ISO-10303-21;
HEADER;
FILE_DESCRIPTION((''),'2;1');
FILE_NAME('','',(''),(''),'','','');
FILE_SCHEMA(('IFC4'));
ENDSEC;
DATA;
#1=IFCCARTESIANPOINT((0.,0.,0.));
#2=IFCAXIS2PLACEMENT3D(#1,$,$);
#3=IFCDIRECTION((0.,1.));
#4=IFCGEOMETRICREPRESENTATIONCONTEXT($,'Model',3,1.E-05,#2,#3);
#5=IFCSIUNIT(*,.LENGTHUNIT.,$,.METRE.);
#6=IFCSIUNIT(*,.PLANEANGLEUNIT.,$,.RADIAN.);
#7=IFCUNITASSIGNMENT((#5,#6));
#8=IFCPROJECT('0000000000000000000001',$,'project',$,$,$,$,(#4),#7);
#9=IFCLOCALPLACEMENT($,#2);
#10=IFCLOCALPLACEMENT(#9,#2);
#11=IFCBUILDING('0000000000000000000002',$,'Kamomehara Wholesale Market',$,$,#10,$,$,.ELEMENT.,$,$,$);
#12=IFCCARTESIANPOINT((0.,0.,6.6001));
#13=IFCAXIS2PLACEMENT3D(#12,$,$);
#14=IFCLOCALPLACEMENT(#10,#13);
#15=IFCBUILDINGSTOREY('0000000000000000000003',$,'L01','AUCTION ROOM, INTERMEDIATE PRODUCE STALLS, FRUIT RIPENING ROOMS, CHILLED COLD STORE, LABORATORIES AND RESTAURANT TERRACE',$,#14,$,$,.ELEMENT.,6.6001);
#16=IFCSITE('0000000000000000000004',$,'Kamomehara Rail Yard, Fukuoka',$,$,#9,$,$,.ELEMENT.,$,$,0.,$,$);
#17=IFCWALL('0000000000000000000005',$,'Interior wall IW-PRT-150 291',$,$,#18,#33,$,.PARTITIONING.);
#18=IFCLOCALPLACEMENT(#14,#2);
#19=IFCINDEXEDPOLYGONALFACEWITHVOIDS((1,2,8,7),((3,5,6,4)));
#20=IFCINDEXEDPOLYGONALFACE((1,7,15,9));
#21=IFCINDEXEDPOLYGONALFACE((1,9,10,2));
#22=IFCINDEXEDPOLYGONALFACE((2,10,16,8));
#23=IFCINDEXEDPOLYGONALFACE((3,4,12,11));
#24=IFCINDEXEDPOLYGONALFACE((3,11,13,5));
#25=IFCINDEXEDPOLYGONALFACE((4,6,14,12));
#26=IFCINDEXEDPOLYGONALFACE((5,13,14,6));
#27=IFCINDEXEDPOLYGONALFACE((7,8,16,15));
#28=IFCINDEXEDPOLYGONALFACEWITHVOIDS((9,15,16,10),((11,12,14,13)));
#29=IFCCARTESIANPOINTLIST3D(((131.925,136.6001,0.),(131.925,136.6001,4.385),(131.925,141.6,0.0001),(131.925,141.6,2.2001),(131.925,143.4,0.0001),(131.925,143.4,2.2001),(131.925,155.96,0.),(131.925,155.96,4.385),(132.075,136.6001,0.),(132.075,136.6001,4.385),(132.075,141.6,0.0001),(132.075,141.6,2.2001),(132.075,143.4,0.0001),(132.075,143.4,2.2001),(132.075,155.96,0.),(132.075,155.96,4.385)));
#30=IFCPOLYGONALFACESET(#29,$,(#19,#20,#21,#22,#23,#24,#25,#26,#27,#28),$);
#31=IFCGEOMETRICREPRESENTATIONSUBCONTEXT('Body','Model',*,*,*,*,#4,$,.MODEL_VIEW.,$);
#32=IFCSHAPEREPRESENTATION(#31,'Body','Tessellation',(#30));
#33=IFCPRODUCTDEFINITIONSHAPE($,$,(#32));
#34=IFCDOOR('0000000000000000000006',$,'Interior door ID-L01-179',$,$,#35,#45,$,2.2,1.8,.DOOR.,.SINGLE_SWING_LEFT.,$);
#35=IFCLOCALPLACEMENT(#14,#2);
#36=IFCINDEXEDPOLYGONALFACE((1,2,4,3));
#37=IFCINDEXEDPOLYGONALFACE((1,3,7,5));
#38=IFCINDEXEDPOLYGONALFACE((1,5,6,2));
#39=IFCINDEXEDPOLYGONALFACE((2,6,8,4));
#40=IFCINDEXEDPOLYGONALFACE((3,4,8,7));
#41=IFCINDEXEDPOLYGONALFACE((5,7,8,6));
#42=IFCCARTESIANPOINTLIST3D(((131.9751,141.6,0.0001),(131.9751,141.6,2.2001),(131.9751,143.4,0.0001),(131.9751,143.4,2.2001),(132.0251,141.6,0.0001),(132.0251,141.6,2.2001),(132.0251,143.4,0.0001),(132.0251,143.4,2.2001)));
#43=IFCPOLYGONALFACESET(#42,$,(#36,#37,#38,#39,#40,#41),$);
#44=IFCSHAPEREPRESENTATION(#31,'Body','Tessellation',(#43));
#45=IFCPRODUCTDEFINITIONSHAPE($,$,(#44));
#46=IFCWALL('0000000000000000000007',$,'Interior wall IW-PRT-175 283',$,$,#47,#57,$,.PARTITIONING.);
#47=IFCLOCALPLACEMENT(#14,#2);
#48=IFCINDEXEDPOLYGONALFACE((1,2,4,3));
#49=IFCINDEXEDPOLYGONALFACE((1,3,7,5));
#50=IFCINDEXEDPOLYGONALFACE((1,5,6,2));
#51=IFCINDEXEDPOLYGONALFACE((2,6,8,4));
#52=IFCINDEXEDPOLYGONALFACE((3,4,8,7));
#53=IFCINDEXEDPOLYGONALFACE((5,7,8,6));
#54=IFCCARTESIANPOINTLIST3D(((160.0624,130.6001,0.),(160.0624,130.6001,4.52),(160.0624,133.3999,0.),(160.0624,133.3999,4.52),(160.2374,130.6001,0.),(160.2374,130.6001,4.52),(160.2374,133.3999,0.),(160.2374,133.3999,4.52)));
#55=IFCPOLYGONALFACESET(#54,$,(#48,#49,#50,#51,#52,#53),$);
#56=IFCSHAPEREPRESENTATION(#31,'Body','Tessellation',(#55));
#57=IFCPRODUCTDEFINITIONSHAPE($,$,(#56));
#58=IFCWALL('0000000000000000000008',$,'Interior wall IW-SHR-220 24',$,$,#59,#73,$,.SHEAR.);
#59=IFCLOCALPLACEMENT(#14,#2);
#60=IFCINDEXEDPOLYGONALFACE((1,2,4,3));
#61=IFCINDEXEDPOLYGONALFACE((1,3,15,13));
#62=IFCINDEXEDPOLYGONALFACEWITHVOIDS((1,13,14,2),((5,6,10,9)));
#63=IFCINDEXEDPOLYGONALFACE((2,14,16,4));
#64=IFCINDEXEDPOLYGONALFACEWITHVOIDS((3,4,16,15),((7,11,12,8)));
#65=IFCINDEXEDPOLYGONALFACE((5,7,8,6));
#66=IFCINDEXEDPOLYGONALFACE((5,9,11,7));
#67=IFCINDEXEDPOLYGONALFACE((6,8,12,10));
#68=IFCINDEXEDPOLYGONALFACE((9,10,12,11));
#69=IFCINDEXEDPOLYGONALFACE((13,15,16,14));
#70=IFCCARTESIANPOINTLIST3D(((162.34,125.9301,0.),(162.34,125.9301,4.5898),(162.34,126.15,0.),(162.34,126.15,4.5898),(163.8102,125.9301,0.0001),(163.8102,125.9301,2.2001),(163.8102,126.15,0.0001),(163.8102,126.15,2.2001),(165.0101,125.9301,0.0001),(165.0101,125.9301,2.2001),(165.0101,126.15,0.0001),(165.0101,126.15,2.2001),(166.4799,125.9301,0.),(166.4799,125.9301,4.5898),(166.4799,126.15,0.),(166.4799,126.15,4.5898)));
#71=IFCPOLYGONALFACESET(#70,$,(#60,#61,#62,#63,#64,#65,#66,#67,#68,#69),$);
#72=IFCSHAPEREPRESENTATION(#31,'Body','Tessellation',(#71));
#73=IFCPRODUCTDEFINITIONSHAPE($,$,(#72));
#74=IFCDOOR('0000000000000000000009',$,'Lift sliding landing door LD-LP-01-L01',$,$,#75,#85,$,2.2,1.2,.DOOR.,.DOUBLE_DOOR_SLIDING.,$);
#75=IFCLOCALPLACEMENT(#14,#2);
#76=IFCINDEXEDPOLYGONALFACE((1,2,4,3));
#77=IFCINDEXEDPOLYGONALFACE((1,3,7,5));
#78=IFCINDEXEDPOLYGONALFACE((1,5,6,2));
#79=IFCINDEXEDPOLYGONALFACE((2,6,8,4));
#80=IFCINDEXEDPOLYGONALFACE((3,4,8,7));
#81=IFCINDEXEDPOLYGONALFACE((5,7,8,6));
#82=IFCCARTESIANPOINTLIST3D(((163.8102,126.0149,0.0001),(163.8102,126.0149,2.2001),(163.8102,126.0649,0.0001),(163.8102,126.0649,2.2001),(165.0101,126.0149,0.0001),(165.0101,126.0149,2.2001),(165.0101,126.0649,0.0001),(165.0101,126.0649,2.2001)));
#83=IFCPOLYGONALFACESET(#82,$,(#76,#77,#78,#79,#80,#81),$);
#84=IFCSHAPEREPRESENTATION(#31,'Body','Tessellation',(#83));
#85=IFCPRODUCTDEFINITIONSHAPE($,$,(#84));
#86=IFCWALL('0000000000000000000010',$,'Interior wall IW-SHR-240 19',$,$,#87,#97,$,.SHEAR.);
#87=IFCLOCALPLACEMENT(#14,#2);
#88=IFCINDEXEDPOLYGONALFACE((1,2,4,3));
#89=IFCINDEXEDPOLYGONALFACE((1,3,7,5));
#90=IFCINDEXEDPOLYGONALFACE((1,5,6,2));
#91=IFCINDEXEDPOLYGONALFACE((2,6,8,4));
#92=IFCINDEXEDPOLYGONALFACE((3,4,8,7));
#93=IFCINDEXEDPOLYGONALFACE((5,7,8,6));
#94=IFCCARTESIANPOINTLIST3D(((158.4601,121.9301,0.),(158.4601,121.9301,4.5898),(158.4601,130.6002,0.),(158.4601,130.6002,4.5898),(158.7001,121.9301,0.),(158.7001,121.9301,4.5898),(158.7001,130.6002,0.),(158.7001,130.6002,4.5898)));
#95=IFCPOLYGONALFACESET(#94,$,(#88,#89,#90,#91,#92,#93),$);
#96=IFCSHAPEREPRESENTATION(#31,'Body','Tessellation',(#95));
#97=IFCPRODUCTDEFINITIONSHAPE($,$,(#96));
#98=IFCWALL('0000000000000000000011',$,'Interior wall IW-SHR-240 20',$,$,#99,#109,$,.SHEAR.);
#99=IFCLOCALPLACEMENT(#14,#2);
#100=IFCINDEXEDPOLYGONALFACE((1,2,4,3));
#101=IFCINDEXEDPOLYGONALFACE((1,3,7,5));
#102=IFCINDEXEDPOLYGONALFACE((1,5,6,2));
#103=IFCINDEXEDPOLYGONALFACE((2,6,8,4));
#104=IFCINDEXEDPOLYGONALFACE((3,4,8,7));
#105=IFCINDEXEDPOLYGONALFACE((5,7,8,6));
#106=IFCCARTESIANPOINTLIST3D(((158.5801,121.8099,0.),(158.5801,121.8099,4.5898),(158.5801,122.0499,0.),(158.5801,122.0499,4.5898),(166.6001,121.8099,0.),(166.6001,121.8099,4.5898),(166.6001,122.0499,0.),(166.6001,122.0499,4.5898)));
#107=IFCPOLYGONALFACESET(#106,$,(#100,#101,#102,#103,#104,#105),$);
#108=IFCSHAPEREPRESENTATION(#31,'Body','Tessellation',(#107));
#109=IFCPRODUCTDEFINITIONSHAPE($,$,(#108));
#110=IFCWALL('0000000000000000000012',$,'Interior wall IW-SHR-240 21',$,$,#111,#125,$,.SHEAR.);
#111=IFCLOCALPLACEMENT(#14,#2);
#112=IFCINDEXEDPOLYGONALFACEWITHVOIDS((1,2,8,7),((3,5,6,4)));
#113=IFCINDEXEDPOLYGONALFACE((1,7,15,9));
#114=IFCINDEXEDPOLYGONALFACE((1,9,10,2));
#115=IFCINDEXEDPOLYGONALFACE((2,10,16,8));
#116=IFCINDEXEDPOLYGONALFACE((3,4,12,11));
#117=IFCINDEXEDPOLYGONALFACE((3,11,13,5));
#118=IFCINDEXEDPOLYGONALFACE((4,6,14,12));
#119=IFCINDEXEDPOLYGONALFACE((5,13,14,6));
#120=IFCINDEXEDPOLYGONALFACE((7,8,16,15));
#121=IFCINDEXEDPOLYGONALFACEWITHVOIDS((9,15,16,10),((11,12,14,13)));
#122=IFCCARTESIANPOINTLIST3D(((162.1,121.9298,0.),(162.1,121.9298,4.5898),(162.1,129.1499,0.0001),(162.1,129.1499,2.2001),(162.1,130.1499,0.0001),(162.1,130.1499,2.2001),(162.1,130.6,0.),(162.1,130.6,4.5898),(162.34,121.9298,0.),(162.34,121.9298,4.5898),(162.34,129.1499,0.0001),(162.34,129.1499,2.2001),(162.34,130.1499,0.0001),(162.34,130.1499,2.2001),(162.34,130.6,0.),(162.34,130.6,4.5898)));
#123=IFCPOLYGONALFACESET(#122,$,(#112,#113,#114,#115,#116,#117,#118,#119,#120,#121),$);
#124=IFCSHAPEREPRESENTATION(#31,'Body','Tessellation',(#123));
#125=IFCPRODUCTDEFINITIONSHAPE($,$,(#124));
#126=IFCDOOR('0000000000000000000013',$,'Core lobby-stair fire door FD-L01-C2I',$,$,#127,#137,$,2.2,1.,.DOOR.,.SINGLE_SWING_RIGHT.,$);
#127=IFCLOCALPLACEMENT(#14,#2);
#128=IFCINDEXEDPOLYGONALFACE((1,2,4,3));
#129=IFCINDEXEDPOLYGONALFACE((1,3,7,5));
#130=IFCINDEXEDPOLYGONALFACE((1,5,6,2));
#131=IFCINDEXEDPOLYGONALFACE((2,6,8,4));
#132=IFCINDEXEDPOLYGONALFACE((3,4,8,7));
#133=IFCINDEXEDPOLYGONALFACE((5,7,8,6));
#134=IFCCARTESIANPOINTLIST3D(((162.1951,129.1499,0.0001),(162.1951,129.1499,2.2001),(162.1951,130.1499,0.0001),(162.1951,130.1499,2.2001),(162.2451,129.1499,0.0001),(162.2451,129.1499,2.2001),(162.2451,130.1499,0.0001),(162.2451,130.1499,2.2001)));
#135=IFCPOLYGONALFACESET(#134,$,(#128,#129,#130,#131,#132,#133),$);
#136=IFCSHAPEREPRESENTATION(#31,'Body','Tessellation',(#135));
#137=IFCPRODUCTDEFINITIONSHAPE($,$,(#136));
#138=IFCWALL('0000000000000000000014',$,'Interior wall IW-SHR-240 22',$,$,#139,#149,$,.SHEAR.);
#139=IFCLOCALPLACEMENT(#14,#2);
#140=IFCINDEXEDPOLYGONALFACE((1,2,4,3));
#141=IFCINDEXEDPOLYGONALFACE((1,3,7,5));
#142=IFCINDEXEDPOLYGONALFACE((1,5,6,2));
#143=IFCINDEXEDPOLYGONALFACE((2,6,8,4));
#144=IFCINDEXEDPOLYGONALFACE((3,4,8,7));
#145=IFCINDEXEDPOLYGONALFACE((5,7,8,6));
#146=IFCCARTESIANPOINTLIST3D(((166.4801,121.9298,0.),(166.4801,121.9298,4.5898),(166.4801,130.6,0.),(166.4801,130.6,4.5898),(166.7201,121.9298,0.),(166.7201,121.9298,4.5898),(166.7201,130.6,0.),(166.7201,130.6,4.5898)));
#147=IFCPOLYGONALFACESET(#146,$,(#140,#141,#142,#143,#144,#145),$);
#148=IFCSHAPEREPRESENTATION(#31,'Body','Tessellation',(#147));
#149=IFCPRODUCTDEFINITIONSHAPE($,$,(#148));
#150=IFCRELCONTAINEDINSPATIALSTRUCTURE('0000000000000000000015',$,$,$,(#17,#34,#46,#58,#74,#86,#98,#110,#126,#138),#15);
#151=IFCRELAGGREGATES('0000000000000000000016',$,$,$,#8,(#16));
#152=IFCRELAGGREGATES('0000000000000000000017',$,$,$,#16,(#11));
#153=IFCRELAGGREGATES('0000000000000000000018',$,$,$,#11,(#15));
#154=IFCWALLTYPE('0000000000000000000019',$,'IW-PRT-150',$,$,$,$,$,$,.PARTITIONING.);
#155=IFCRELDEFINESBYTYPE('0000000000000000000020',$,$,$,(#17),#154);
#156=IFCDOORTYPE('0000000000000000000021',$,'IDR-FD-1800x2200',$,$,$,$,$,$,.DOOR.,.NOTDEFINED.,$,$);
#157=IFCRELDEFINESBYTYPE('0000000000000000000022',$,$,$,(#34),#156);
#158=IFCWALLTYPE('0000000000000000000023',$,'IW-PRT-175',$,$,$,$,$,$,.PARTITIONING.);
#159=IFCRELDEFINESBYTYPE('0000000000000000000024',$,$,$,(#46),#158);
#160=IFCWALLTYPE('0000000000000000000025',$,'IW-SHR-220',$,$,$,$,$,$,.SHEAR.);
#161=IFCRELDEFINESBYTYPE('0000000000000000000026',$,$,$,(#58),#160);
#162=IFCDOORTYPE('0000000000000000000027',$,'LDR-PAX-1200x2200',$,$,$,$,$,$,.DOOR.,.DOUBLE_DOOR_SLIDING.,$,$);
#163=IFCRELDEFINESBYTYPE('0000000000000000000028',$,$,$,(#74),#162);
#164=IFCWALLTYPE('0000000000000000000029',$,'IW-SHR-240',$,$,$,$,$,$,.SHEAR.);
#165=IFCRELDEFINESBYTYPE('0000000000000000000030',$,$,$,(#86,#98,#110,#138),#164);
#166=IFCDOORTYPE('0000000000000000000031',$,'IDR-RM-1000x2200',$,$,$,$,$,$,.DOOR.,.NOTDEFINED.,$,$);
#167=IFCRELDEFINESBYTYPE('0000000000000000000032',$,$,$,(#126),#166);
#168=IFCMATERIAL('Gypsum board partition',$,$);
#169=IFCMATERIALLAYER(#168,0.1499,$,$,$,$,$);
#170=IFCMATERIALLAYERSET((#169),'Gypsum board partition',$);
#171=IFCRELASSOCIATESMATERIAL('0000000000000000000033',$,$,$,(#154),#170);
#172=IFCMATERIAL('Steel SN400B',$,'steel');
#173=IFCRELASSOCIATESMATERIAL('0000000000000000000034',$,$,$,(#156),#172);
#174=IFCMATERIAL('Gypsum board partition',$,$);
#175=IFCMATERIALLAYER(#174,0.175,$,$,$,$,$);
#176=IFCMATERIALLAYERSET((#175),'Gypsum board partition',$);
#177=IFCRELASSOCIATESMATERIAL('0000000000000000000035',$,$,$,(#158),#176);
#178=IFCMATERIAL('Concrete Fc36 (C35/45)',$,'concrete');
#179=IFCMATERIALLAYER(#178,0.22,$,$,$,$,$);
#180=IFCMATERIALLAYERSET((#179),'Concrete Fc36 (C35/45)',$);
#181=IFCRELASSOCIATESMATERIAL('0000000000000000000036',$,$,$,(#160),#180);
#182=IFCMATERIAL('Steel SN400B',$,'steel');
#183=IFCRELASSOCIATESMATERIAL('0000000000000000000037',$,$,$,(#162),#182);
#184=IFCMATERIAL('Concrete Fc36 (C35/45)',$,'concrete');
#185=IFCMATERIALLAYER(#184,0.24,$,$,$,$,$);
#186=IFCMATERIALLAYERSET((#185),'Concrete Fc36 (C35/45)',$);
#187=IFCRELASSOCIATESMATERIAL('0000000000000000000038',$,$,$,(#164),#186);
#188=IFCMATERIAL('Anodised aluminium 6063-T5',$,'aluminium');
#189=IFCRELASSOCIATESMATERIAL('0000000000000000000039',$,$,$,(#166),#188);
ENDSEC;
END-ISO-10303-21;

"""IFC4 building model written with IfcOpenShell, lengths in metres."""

from ifc_helpers import new_model, si_unit, direction, frame, frame_2d, origin, place, context, subcontext, project, spatial, rectangle, extrude, material, layer, layer_set, type_object, element, fill, save


model = new_model("IFC4")

# Units and contexts
model_context = context("Model", 3, precision=1e-05, world=origin(), true_north=direction((0.0, 1.0)))
body_context = subcontext(model_context, "Body", "Model", "MODEL_VIEW")
ifc_project = project(units=[si_unit("LENGTHUNIT", "METRE"), si_unit("PLANEANGLEUNIT", "RADIAN")], contexts=[model_context])

# Site, building, storey
site_placement = place(None, origin())
site = spatial("IfcSite", under=ifc_project, at=site_placement, Name="Kamomehara Rail Yard, Fukuoka", CompositionType="ELEMENT", RefElevation=0.0)
building_placement = place(site_placement, origin())
building = spatial("IfcBuilding", under=site, at=building_placement, Name="Kamomehara Wholesale Market", CompositionType="ELEMENT")
storey_placement = place(building_placement, frame((0.0, 0.0, 6.6001)))
storey = spatial("IfcBuildingStorey", under=building, at=storey_placement, Name="L01", Description="AUCTION ROOM, INTERMEDIATE PRODUCE STALLS, FRUIT RIPENING ROOMS, CHILLED COLD STORE, LABORATORIES AND RESTAURANT TERRACE", CompositionType="ELEMENT", Elevation=6.6001)

# Shared definitions
ifc_material_1 = material(Name="Gypsum board partition")
ifc_layer_1 = layer(ifc_material_1, 0.1499)
ifc_layer_set_1 = layer_set([ifc_layer_1], Name="Gypsum board partition")
wall_type_1 = type_object("IfcWallType", Name="IW-PRT-150", PredefinedType="PARTITIONING", material=ifc_layer_set_1)

# Wall, opening, door
wall_1_placement = place(storey_placement, frame((132.0, 136.6001, 0.0), z_axis=(0.0, 0.0, 1.0), x_axis=(0.0, 1.0, 0.0)))
wall_1 = element("IfcWall", 1, at=wall_1_placement, inside=storey, type_object=wall_type_1, Name="Interior wall IW-PRT-150 291", PredefinedType="PARTITIONING", context=body_context, shape_type="SweptSolid", body=[
    extrude(rectangle(XDim=19.3599, YDim=0.1499, at=frame_2d((9.6799, 0.0))), origin(), (0.0, 0.0, 1.0), 4.385),
])
opening_1_placement = place(wall_1_placement, frame((5.0, 0.0, 0.0)))
opening_1 = element("IfcOpeningElement", 2, at=opening_1_placement, cuts=wall_1, PredefinedType="OPENING", context=body_context, shape_type="SweptSolid", body=[
    extrude(rectangle(XDim=1.8, YDim=2.2, at=frame_2d((0.8999, 1.1001))), frame((0.0, 0.0898, 0.0), z_axis=(0.0, -1.0, 0.0), x_axis=(1.0, 0.0, 0.0)), (0.0, 0.0, 1.0), 0.1797),
])
ifc_material_2 = material(Name="Steel SN400B", Category="steel")
door_type_1 = type_object("IfcDoorType", Name="IDR-FD-1800x2200", OperationType="NOTDEFINED", PredefinedType="DOOR", material=ifc_material_2)
door_1_placement = place(opening_1_placement, origin())
door_1 = element("IfcDoor", 3, at=door_1_placement, inside=storey, type_object=door_type_1, Name="Interior door ID-L01-179", OperationType="SINGLE_SWING_LEFT", OverallHeight=2.2, OverallWidth=1.8, PredefinedType="DOOR", context=body_context, shape_type="SweptSolid", body=[
    extrude(rectangle(XDim=1.8, YDim=2.2, at=frame_2d((0.8999, 1.1001))), frame((0.0, 0.0249, 0.0), z_axis=(0.0, -1.0, 0.0), x_axis=(1.0, 0.0, 0.0)), (0.0, 0.0, 1.0), 0.05),
])
fill(opening_1, door_1)

# Wall
ifc_material_3 = material(Name="Gypsum board partition")
ifc_layer_2 = layer(ifc_material_3, 0.175)
ifc_layer_set_2 = layer_set([ifc_layer_2], Name="Gypsum board partition")
wall_type_2 = type_object("IfcWallType", Name="IW-PRT-175", PredefinedType="PARTITIONING", material=ifc_layer_set_2)
wall_2_placement = place(storey_placement, frame((160.1499, 130.6001, 0.0), z_axis=(0.0, 0.0, 1.0), x_axis=(0.0, 1.0, 0.0)))
element("IfcWall", 4, at=wall_2_placement, inside=storey, type_object=wall_type_2, Name="Interior wall IW-PRT-175 283", PredefinedType="PARTITIONING", context=body_context, shape_type="SweptSolid", body=[
    extrude(rectangle(XDim=2.7998, YDim=0.175, at=frame_2d((1.3999, 0.0))), origin(), (0.0, 0.0, 1.0), 4.52),
])

# Wall, opening, door
ifc_material_4 = material(Name="Concrete Fc36 (C35/45)", Category="concrete")
ifc_layer_3 = layer(ifc_material_4, 0.22)
ifc_layer_set_3 = layer_set([ifc_layer_3], Name="Concrete Fc36 (C35/45)")
wall_type_3 = type_object("IfcWallType", Name="IW-SHR-220", PredefinedType="SHEAR", material=ifc_layer_set_3)
wall_3_placement = place(storey_placement, frame((162.3401, 126.04, 0.0), z_axis=(0.0, 0.0, 1.0), x_axis=(1.0, 0.0, 0.0)))
wall_3 = element("IfcWall", 5, at=wall_3_placement, inside=storey, type_object=wall_type_3, Name="Interior wall IW-SHR-220 24", PredefinedType="SHEAR", context=body_context, shape_type="SweptSolid", body=[
    extrude(rectangle(XDim=4.1399, YDim=0.22, at=frame_2d((2.0698, 0.0))), origin(), (0.0, 0.0, 1.0), 4.5898),
])
opening_2_placement = place(wall_3_placement, frame((1.47, 0.0, 0.0)))
opening_2 = element("IfcOpeningElement", 6, at=opening_2_placement, cuts=wall_3, PredefinedType="OPENING", context=body_context, shape_type="SweptSolid", body=[
    extrude(rectangle(XDim=1.2, YDim=2.2, at=frame_2d((0.6001, 1.1001))), frame((0.0, 0.125, 0.0), z_axis=(0.0, -1.0, 0.0), x_axis=(1.0, 0.0, 0.0)), (0.0, 0.0, 1.0), 0.2498),
])
ifc_material_5 = material(Name="Steel SN400B", Category="steel")
door_type_2 = type_object("IfcDoorType", Name="LDR-PAX-1200x2200", OperationType="DOUBLE_DOOR_SLIDING", PredefinedType="DOOR", material=ifc_material_5)
door_2_placement = place(opening_2_placement, origin())
door_2 = element("IfcDoor", 7, at=door_2_placement, inside=storey, type_object=door_type_2, Name="Lift sliding landing door LD-LP-01-L01", OperationType="DOUBLE_DOOR_SLIDING", OverallHeight=2.2, OverallWidth=1.2, PredefinedType="DOOR", context=body_context, shape_type="SweptSolid", body=[
    extrude(rectangle(XDim=1.2, YDim=2.2, at=frame_2d((0.6001, 1.1001))), frame((0.0, 0.0249, 0.0), z_axis=(0.0, -1.0, 0.0), x_axis=(1.0, 0.0, 0.0)), (0.0, 0.0, 1.0), 0.05),
])
fill(opening_2, door_2)

# Walls
ifc_material_6 = material(Name="Concrete Fc36 (C35/45)", Category="concrete")
ifc_layer_4 = layer(ifc_material_6, 0.24)
ifc_layer_set_4 = layer_set([ifc_layer_4], Name="Concrete Fc36 (C35/45)")
wall_type_4 = type_object("IfcWallType", Name="IW-SHR-240", PredefinedType="SHEAR", material=ifc_layer_set_4)
wall_4_placement = place(storey_placement, frame((158.5801, 130.6001, 0.0), z_axis=(0.0, 0.0, 1.0), x_axis=(0.0, -1.0, 0.0)))
element("IfcWall", 8, at=wall_4_placement, inside=storey, type_object=wall_type_4, Name="Interior wall IW-SHR-240 19", PredefinedType="SHEAR", context=body_context, shape_type="SweptSolid", body=[
    extrude(rectangle(XDim=8.6702, YDim=0.24, at=frame_2d((4.335, 0.0))), origin(), (0.0, 0.0, 1.0), 4.5898),
])
wall_5_placement = place(storey_placement, frame((158.5801, 121.9299, 0.0), z_axis=(0.0, 0.0, 1.0), x_axis=(1.0, 0.0, 0.0)))
element("IfcWall", 9, at=wall_5_placement, inside=storey, type_object=wall_type_4, Name="Interior wall IW-SHR-240 20", PredefinedType="SHEAR", context=body_context, shape_type="SweptSolid", body=[
    extrude(rectangle(XDim=8.02, YDim=0.24, at=frame_2d((4.01, 0.0))), origin(), (0.0, 0.0, 1.0), 4.5898),
])

# Wall, opening, door
wall_6_placement = place(storey_placement, frame((162.22, 121.9299, 0.0), z_axis=(0.0, 0.0, 1.0), x_axis=(0.0, 1.0, 0.0)))
wall_6 = element("IfcWall", 10, at=wall_6_placement, inside=storey, type_object=wall_type_4, Name="Interior wall IW-SHR-240 21", PredefinedType="SHEAR", context=body_context, shape_type="SweptSolid", body=[
    extrude(rectangle(XDim=8.6702, YDim=0.24, at=frame_2d((4.335, 0.0))), origin(), (0.0, 0.0, 1.0), 4.5898),
])
opening_3_placement = place(wall_6_placement, frame((7.22, 0.0, 0.0)))
opening_3 = element("IfcOpeningElement", 11, at=opening_3_placement, cuts=wall_6, PredefinedType="OPENING", context=body_context, shape_type="SweptSolid", body=[
    extrude(rectangle(XDim=1.0, YDim=2.2, at=frame_2d((0.5, 1.1001))), frame((0.0, 0.1348, 0.0), z_axis=(0.0, -1.0, 0.0), x_axis=(1.0, 0.0, 0.0)), (0.0, 0.0, 1.0), 0.2698),
])
ifc_material_7 = material(Name="Anodised aluminium 6063-T5", Category="aluminium")
door_type_3 = type_object("IfcDoorType", Name="IDR-RM-1000x2200", OperationType="NOTDEFINED", PredefinedType="DOOR", material=ifc_material_7)
door_3_placement = place(opening_3_placement, origin())
door_3 = element("IfcDoor", 12, at=door_3_placement, inside=storey, type_object=door_type_3, Name="Core lobby-stair fire door FD-L01-C2I", OperationType="SINGLE_SWING_RIGHT", OverallHeight=2.2, OverallWidth=1.0, PredefinedType="DOOR", context=body_context, shape_type="SweptSolid", body=[
    extrude(rectangle(XDim=1.0, YDim=2.2, at=frame_2d((0.5, 1.1001))), frame((0.0, 0.0249, 0.0), z_axis=(0.0, -1.0, 0.0), x_axis=(1.0, 0.0, 0.0)), (0.0, 0.0, 1.0), 0.05),
])
fill(opening_3, door_3)

# Wall
wall_7_placement = place(storey_placement, frame((166.6001, 121.9299, 0.0), z_axis=(0.0, 0.0, 1.0), x_axis=(0.0, 1.0, 0.0)))
element("IfcWall", 13, at=wall_7_placement, inside=storey, type_object=wall_type_4, Name="Interior wall IW-SHR-240 22", PredefinedType="SHEAR", context=body_context, shape_type="SweptSolid", body=[
    extrude(rectangle(XDim=8.6702, YDim=0.24, at=frame_2d((4.335, 0.0))), origin(), (0.0, 0.0, 1.0), 4.5898),
])

save(model, "model.ifc")
